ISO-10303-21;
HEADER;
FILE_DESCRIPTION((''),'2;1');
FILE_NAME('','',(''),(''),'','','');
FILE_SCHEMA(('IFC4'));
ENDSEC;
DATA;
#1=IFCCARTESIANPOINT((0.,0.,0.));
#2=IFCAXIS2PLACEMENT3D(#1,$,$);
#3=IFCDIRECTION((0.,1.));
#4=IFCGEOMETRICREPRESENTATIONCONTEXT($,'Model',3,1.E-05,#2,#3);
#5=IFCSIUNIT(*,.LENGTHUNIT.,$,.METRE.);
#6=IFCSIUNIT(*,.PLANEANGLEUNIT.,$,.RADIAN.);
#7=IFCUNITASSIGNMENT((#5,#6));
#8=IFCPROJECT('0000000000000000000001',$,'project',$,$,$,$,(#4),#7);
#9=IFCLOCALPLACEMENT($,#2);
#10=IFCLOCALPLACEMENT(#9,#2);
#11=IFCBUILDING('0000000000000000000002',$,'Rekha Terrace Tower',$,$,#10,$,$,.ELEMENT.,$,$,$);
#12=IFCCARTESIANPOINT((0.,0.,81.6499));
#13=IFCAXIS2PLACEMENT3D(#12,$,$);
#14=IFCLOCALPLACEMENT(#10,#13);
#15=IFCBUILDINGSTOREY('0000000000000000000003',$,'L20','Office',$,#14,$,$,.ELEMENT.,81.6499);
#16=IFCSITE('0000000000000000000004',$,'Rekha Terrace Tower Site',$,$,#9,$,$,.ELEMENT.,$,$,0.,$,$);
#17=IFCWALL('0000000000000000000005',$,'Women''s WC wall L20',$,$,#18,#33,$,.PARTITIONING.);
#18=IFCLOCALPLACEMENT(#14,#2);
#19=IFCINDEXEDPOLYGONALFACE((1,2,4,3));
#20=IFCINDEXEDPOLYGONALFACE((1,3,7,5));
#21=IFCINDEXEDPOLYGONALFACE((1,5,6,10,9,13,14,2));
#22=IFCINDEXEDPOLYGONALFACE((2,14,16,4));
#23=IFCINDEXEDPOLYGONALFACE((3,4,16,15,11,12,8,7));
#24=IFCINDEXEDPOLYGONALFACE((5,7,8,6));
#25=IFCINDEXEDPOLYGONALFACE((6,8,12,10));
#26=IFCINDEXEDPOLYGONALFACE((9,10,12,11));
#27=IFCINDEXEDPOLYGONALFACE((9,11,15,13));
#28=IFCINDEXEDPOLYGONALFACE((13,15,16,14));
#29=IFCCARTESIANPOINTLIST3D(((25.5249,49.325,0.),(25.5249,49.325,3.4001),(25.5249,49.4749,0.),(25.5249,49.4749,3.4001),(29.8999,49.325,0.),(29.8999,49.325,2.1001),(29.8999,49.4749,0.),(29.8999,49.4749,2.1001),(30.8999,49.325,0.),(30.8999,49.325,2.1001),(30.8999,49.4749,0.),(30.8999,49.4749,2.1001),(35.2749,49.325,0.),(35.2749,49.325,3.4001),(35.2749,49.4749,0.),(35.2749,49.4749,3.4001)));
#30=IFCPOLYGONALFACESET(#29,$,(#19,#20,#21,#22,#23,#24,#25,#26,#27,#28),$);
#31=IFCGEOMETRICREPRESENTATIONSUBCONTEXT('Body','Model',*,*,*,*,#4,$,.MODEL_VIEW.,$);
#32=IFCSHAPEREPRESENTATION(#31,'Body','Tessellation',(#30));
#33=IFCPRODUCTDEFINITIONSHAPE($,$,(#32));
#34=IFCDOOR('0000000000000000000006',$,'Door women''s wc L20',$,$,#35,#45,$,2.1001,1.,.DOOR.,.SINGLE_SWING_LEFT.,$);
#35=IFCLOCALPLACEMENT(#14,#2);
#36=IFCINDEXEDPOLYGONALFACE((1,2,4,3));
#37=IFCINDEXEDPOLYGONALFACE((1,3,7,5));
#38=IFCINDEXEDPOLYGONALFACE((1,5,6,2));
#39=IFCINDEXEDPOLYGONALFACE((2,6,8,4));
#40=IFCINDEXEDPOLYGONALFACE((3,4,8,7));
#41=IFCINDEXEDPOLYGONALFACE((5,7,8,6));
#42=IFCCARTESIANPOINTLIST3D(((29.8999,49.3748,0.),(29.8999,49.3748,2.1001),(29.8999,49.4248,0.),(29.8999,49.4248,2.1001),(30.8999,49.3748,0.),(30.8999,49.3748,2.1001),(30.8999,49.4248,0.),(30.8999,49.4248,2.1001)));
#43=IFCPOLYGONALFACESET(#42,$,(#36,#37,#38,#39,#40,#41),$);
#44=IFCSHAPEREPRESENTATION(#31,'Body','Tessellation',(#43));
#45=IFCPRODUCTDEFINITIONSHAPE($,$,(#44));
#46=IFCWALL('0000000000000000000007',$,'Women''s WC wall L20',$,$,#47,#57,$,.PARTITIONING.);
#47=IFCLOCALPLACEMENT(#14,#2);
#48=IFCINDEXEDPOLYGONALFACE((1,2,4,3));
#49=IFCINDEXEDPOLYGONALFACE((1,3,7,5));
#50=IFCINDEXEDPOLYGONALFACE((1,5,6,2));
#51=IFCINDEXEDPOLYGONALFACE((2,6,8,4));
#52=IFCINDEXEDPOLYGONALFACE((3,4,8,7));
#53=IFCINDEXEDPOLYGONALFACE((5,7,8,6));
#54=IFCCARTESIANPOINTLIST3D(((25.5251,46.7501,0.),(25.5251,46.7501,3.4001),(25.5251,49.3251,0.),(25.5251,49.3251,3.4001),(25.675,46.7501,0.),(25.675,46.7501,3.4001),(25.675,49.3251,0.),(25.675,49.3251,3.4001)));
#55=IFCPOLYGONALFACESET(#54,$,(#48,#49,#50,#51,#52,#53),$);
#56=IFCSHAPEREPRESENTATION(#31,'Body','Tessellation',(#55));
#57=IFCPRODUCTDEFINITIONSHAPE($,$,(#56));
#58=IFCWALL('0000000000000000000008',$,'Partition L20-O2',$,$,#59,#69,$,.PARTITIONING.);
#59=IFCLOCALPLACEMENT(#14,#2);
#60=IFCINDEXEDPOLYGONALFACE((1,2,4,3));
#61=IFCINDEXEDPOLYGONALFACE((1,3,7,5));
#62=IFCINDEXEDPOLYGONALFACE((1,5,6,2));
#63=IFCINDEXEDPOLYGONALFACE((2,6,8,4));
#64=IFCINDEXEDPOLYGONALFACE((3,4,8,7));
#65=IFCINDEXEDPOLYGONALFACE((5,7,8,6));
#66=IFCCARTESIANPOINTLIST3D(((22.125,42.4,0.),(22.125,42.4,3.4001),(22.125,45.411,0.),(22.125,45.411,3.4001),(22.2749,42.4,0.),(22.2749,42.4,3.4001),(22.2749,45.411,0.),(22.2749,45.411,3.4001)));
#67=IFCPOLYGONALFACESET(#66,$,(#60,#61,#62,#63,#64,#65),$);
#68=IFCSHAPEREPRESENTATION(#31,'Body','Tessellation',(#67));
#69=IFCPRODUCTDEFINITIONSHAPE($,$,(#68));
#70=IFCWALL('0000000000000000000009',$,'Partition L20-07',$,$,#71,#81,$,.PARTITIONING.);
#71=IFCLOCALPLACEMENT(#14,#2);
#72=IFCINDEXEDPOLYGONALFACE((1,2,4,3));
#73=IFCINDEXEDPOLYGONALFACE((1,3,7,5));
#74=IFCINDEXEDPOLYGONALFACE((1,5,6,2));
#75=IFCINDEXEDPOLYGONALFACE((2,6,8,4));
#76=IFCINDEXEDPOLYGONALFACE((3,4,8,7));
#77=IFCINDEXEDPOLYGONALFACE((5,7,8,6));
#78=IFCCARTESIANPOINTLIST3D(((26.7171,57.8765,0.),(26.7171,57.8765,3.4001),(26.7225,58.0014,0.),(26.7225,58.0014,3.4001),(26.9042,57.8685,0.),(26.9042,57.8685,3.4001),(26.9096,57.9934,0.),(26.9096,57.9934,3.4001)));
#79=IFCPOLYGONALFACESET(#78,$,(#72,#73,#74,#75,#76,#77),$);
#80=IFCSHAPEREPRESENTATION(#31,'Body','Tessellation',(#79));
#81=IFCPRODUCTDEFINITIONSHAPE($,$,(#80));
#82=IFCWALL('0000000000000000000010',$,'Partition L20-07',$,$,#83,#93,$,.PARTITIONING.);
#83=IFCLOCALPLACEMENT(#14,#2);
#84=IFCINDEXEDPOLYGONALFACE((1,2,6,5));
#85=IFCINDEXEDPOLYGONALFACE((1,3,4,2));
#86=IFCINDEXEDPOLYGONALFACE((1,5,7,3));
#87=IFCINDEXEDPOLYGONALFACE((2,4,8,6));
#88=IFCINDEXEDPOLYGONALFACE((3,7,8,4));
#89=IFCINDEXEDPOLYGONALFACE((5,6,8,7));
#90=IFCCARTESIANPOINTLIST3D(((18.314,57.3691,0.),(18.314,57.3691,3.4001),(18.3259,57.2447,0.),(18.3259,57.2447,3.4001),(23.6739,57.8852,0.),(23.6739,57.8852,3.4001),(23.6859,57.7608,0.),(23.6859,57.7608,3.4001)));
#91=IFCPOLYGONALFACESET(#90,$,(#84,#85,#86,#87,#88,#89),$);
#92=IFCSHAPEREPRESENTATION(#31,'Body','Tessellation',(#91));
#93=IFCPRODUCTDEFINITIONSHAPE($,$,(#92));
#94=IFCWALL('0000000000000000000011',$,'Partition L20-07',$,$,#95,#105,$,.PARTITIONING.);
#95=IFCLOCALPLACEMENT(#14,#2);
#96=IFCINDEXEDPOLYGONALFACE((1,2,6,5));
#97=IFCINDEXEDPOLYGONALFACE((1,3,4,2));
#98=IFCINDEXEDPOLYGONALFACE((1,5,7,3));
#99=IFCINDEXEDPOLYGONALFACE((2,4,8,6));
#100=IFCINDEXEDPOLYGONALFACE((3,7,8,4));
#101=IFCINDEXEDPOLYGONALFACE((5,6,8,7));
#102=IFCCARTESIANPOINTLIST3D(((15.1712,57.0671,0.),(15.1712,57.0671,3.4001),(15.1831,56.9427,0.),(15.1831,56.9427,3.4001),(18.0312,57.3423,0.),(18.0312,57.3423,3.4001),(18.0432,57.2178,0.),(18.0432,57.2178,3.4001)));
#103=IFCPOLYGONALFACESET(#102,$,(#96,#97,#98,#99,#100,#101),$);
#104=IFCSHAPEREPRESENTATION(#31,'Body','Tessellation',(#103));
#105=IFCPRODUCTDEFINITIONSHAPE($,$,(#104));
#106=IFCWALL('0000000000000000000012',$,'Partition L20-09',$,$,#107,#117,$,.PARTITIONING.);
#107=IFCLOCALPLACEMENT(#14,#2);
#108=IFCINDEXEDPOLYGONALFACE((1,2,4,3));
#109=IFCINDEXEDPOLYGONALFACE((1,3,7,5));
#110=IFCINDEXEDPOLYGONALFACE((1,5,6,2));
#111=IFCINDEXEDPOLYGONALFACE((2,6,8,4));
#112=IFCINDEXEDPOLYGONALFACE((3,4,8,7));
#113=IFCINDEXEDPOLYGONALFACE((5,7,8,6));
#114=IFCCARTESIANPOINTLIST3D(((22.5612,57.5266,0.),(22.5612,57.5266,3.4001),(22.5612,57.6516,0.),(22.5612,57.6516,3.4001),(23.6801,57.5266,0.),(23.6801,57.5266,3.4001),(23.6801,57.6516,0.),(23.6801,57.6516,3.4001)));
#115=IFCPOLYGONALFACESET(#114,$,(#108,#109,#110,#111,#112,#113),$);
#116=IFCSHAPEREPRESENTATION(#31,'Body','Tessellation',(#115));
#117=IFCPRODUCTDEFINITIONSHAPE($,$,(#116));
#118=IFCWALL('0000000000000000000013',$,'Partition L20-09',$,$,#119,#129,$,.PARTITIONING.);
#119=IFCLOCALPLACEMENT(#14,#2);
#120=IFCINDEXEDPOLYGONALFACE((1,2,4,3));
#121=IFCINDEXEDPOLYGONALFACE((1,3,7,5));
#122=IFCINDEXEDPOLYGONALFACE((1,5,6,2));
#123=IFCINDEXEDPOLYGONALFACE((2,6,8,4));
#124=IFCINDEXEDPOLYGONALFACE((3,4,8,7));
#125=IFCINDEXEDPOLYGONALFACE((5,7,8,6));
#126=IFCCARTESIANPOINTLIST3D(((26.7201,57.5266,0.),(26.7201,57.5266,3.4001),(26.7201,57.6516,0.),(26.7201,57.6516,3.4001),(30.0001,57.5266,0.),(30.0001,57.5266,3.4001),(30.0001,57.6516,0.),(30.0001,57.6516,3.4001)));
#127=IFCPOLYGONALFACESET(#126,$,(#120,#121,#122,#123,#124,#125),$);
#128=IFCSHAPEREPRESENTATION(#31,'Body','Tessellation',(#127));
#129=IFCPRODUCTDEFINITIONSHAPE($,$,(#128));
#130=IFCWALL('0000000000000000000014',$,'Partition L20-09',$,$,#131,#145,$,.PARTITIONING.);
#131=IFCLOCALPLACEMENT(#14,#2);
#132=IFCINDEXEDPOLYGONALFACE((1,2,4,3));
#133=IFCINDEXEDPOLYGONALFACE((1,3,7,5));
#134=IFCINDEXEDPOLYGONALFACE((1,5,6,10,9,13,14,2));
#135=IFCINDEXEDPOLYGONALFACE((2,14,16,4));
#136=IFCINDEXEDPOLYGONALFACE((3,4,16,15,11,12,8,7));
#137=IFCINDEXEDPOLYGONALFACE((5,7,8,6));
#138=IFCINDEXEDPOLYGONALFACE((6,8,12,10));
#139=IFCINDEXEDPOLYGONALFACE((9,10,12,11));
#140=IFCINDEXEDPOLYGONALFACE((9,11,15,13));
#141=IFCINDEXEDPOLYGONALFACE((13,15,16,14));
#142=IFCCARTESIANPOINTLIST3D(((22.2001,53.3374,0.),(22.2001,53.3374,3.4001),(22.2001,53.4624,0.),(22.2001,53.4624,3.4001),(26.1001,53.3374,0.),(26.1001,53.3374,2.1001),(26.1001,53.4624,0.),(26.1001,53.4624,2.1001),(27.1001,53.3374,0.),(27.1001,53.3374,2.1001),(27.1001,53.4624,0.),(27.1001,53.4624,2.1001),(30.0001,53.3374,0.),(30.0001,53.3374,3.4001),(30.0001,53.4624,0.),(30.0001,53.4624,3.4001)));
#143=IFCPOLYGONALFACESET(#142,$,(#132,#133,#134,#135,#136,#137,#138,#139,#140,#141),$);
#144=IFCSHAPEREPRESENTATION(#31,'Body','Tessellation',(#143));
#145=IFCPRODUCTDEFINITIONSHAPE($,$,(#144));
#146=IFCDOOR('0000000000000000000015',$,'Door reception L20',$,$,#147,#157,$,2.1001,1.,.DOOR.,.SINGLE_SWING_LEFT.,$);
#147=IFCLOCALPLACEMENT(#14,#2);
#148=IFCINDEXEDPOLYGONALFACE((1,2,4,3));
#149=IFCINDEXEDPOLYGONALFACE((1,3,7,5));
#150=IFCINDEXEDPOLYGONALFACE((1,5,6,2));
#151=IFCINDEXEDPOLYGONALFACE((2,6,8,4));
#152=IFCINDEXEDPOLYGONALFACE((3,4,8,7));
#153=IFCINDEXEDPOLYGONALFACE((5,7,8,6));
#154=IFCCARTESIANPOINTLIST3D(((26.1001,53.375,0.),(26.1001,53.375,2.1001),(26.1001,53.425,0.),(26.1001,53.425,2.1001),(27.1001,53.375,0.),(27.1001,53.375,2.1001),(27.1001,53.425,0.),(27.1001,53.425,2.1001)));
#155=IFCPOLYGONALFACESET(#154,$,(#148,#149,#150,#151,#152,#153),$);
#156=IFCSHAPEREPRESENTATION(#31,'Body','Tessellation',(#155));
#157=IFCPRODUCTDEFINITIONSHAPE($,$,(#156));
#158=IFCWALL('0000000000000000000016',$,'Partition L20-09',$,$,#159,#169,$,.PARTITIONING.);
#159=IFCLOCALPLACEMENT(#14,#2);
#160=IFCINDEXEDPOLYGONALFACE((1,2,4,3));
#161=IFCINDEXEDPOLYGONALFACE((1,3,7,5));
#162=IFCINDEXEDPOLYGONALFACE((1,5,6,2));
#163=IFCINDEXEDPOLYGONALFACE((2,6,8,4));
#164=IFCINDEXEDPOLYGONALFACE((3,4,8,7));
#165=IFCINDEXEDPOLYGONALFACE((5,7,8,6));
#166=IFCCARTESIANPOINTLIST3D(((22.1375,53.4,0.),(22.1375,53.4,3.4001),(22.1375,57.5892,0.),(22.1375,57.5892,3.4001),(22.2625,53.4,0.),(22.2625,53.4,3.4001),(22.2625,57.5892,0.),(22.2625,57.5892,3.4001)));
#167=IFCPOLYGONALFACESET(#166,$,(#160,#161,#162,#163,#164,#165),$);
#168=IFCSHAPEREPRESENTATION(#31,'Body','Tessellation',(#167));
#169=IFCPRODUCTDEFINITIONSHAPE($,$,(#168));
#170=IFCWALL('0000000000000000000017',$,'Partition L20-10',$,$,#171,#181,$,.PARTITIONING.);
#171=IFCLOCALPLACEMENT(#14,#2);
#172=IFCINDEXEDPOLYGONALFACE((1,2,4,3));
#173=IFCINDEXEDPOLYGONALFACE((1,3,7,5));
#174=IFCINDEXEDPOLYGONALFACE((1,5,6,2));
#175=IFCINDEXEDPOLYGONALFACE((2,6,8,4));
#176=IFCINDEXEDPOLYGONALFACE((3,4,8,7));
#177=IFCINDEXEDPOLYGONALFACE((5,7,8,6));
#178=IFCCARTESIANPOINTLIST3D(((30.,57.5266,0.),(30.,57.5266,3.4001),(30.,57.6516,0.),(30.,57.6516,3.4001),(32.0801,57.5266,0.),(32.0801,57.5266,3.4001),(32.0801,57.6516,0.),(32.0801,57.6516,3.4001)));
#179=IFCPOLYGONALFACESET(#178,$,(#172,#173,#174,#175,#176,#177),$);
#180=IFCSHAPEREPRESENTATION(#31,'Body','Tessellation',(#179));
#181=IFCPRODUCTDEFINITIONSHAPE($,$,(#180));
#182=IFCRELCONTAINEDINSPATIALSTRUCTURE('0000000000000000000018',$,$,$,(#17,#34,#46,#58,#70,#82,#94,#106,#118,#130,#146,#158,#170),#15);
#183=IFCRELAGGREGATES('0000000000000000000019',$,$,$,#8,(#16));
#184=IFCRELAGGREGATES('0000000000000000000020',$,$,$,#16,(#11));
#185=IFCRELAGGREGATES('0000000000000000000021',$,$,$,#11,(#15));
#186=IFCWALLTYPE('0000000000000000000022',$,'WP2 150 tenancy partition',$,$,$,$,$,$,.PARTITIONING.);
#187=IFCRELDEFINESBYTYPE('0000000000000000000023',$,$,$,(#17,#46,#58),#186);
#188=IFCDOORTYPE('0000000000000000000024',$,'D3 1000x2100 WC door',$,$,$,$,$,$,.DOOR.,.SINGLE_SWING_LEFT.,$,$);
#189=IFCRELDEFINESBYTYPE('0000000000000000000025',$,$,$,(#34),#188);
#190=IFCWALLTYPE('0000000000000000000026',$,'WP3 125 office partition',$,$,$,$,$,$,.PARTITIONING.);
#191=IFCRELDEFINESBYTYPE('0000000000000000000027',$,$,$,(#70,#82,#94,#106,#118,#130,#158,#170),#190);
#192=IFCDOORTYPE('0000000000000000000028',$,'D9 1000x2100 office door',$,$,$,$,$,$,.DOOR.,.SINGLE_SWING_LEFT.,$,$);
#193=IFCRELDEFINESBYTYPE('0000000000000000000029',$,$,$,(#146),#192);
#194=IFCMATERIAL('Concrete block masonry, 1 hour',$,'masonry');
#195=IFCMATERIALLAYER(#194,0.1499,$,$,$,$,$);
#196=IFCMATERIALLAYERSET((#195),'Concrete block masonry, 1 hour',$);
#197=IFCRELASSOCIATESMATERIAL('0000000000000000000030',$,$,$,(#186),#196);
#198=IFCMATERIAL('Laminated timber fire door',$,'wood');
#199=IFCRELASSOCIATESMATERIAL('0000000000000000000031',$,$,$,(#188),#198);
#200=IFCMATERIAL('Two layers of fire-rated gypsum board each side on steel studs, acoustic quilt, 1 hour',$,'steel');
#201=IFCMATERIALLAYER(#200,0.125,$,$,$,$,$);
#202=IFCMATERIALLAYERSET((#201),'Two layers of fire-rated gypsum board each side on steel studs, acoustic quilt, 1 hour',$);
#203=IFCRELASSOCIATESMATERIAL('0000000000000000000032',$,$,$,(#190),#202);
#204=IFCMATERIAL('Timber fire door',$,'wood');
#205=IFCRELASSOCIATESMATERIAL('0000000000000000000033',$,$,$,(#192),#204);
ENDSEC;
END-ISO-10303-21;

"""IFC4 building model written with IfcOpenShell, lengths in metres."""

from ifc_helpers import new_model, si_unit, direction, frame, frame_2d, origin, place, context, subcontext, project, spatial, rectangle, extrude, material, layer, layer_set, type_object, element, fill, save


model = new_model("IFC4")

# Units and contexts
model_context = context("Model", 3, precision=1e-05, world=origin(), true_north=direction((0.0, 1.0)))
body_context = subcontext(model_context, "Body", "Model", "MODEL_VIEW")
ifc_project = project(units=[si_unit("LENGTHUNIT", "METRE"), si_unit("PLANEANGLEUNIT", "RADIAN")], contexts=[model_context])

# Site, building, storey
site_placement = place(None, origin())
site = spatial("IfcSite", under=ifc_project, at=site_placement, Name="Rekha Terrace Tower Site", CompositionType="ELEMENT", RefElevation=0.0)
building_placement = place(site_placement, origin())
building = spatial("IfcBuilding", under=site, at=building_placement, Name="Rekha Terrace Tower", CompositionType="ELEMENT")
storey_placement = place(building_placement, frame((0.0, 0.0, 81.6499)))
storey = spatial("IfcBuildingStorey", under=building, at=storey_placement, Name="L20", Description="Office", CompositionType="ELEMENT", Elevation=81.6499)

# Wall, opening, door
ifc_material_1 = material(Name="Concrete block masonry, 1 hour", Category="masonry")
ifc_layer_1 = layer(ifc_material_1, 0.1499)
ifc_layer_set_1 = layer_set([ifc_layer_1], Name="Concrete block masonry, 1 hour")
wall_type_1 = type_object("IfcWallType", Name="WP2 150 tenancy partition", PredefinedType="PARTITIONING", material=ifc_layer_set_1)
wall_1_placement = place(storey_placement, frame((25.5249, 49.3999, 0.0), z_axis=(0.0, 0.0, 1.0), x_axis=(1.0, 0.0, 0.0)))
wall_1 = element("IfcWall", 1, at=wall_1_placement, inside=storey, type_object=wall_type_1, Name="Women's WC wall L20", PredefinedType="PARTITIONING", context=body_context, shape_type="SweptSolid", body=[
    extrude(rectangle(XDim=9.75, YDim=0.1499, at=frame_2d((4.875, 0.0))), origin(), (0.0, 0.0, 1.0), 3.4001),
])
opening_1_placement = place(wall_1_placement, frame((4.375, 0.0, 0.0)))
opening_1 = element("IfcOpeningElement", 2, at=opening_1_placement, cuts=wall_1, PredefinedType="OPENING", context=body_context, shape_type="SweptSolid", body=[
    extrude(rectangle(XDim=1.0, YDim=2.1001, at=frame_2d((0.5, 1.05))), frame((0.0, 0.085, 0.0), z_axis=(0.0, -1.0, 0.0), x_axis=(1.0, 0.0, 0.0)), (0.0, 0.0, 1.0), 0.1699),
])
ifc_material_2 = material(Name="Laminated timber fire door", Category="wood")
door_type_1 = type_object("IfcDoorType", Name="D3 1000x2100 WC door", OperationType="SINGLE_SWING_LEFT", PredefinedType="DOOR", material=ifc_material_2)
door_1_placement = place(opening_1_placement, origin())
door_1 = element("IfcDoor", 3, at=door_1_placement, inside=storey, type_object=door_type_1, Name="Door women's wc L20", OperationType="SINGLE_SWING_LEFT", OverallHeight=2.1001, OverallWidth=1.0, PredefinedType="DOOR", context=body_context, shape_type="SweptSolid", body=[
    extrude(rectangle(XDim=1.0, YDim=2.1001, at=frame_2d((0.5, 1.05))), frame((0.0, 0.0249, 0.0), z_axis=(0.0, -1.0, 0.0), x_axis=(1.0, 0.0, 0.0)), (0.0, 0.0, 1.0), 0.05),
])
fill(opening_1, door_1)

# Walls
wall_2_placement = place(storey_placement, frame((25.6001, 46.75, 0.0), z_axis=(0.0, 0.0, 1.0), x_axis=(0.0, 1.0, 0.0)))
element("IfcWall", 4, at=wall_2_placement, inside=storey, type_object=wall_type_1, Name="Women's WC wall L20", PredefinedType="PARTITIONING", context=body_context, shape_type="SweptSolid", body=[
    extrude(rectangle(XDim=2.575, YDim=0.1499, at=frame_2d((1.2876, 0.0))), origin(), (0.0, 0.0, 1.0), 3.4001),
])
wall_3_placement = place(storey_placement, frame((22.2, 45.4109, 0.0), z_axis=(0.0, 0.0, 1.0), x_axis=(0.0, -1.0, 0.0)))
element("IfcWall", 5, at=wall_3_placement, inside=storey, type_object=wall_type_1, Name="Partition L20-O2", PredefinedType="PARTITIONING", context=body_context, shape_type="SweptSolid", body=[
    extrude(rectangle(XDim=3.011, YDim=0.1499, at=frame_2d((1.5054, 0.0))), origin(), (0.0, 0.0, 1.0), 3.4001),
])
ifc_material_3 = material(Name="Two layers of fire-rated gypsum board each side on steel studs, acoustic quilt, 1 hour", Category="steel")
ifc_layer_2 = layer(ifc_material_3, 0.125)
ifc_layer_set_2 = layer_set([ifc_layer_2], Name="Two layers of fire-rated gypsum board each side on steel studs, acoustic quilt, 1 hour")
wall_type_2 = type_object("IfcWallType", Name="WP3 125 office partition", PredefinedType="PARTITIONING", material=ifc_layer_set_2)
wall_4_placement = place(storey_placement, frame((26.907, 57.9309, 0.0), z_axis=(0.0, 0.0, 1.0), x_axis=(-0.999073, 0.043041, 0.0)))
element("IfcWall", 6, at=wall_4_placement, inside=storey, type_object=wall_type_2, Name="Partition L20-07", PredefinedType="PARTITIONING", context=body_context, shape_type="SweptSolid", body=[
    extrude(rectangle(XDim=0.1873, YDim=0.125, at=frame_2d((0.0938, 0.0))), origin(), (0.0, 0.0, 1.0), 3.4001),
])
wall_5_placement = place(storey_placement, frame((23.6799, 57.823, 0.0), z_axis=(0.0, 0.0, 1.0), x_axis=(-0.995396, -0.095849, 0.0)))
element("IfcWall", 7, at=wall_5_placement, inside=storey, type_object=wall_type_2, Name="Partition L20-07", PredefinedType="PARTITIONING", context=body_context, shape_type="SweptSolid", body=[
    extrude(rectangle(XDim=5.3848, YDim=0.125, at=frame_2d((2.6924, 0.0))), origin(), (0.0, 0.0, 1.0), 3.4001),
])
wall_6_placement = place(storey_placement, frame((18.0371, 57.28, 0.0), z_axis=(0.0, 0.0, 1.0), x_axis=(-0.995405, -0.095759, 0.0)))
element("IfcWall", 8, at=wall_6_placement, inside=storey, type_object=wall_type_2, Name="Partition L20-07", PredefinedType="PARTITIONING", context=body_context, shape_type="SweptSolid", body=[
    extrude(rectangle(XDim=2.8733, YDim=0.125, at=frame_2d((1.4365, 0.0))), origin(), (0.0, 0.0, 1.0), 3.4001),
])
wall_7_placement = place(storey_placement, frame((22.561, 57.5891, 0.0), z_axis=(0.0, 0.0, 1.0), x_axis=(1.0, 0.0, 0.0)))
element("IfcWall", 9, at=wall_7_placement, inside=storey, type_object=wall_type_2, Name="Partition L20-09", PredefinedType="PARTITIONING", context=body_context, shape_type="SweptSolid", body=[
    extrude(rectangle(XDim=1.1189, YDim=0.125, at=frame_2d((0.5596, 0.0))), origin(), (0.0, 0.0, 1.0), 3.4001),
])
wall_8_placement = place(storey_placement, frame((26.72, 57.5891, 0.0), z_axis=(0.0, 0.0, 1.0), x_axis=(1.0, 0.0, 0.0)))
element("IfcWall", 10, at=wall_8_placement, inside=storey, type_object=wall_type_2, Name="Partition L20-09", PredefinedType="PARTITIONING", context=body_context, shape_type="SweptSolid", body=[
    extrude(rectangle(XDim=3.28, YDim=0.125, at=frame_2d((1.6401, 0.0))), origin(), (0.0, 0.0, 1.0), 3.4001),
])

# Wall, opening, door
wall_9_placement = place(storey_placement, frame((30.0, 53.3999, 0.0), z_axis=(0.0, 0.0, 1.0), x_axis=(-1.0, 0.0, 0.0)))
wall_9 = element("IfcWall", 11, at=wall_9_placement, inside=storey, type_object=wall_type_2, Name="Partition L20-09", PredefinedType="PARTITIONING", context=body_context, shape_type="SweptSolid", body=[
    extrude(rectangle(XDim=7.8, YDim=0.125, at=frame_2d((3.8999, 0.0))), origin(), (0.0, 0.0, 1.0), 3.4001),
])
opening_2_placement = place(wall_9_placement, frame((2.8999, 0.0, 0.0)))
opening_2 = element("IfcOpeningElement", 12, at=opening_2_placement, cuts=wall_9, PredefinedType="OPENING", context=body_context, shape_type="SweptSolid", body=[
    extrude(rectangle(XDim=1.0, YDim=2.1001, at=frame_2d((0.5, 1.05))), frame((0.0, 0.0725, 0.0), z_axis=(0.0, -1.0, 0.0), x_axis=(1.0, 0.0, 0.0)), (0.0, 0.0, 1.0), 0.145),
])
ifc_material_4 = material(Name="Timber fire door", Category="wood")
door_type_2 = type_object("IfcDoorType", Name="D9 1000x2100 office door", OperationType="SINGLE_SWING_LEFT", PredefinedType="DOOR", material=ifc_material_4)
door_2_placement = place(opening_2_placement, origin())
door_2 = element("IfcDoor", 13, at=door_2_placement, inside=storey, type_object=door_type_2, Name="Door reception L20", OperationType="SINGLE_SWING_LEFT", OverallHeight=2.1001, OverallWidth=1.0, PredefinedType="DOOR", context=body_context, shape_type="SweptSolid", body=[
    extrude(rectangle(XDim=1.0, YDim=2.1001, at=frame_2d((0.5, 1.05))), frame((0.0, 0.0249, 0.0), z_axis=(0.0, -1.0, 0.0), x_axis=(1.0, 0.0, 0.0)), (0.0, 0.0, 1.0), 0.05),
])
fill(opening_2, door_2)

# Walls
wall_10_placement = place(storey_placement, frame((22.2, 53.3999, 0.0), z_axis=(0.0, 0.0, 1.0), x_axis=(0.0, 1.0, 0.0)))
element("IfcWall", 14, at=wall_10_placement, inside=storey, type_object=wall_type_2, Name="Partition L20-09", PredefinedType="PARTITIONING", context=body_context, shape_type="SweptSolid", body=[
    extrude(rectangle(XDim=4.1892, YDim=0.125, at=frame_2d((2.0947, 0.0))), origin(), (0.0, 0.0, 1.0), 3.4001),
])
wall_11_placement = place(storey_placement, frame((30.0, 57.5891, 0.0), z_axis=(0.0, 0.0, 1.0), x_axis=(1.0, 0.0, 0.0)))
element("IfcWall", 15, at=wall_11_placement, inside=storey, type_object=wall_type_2, Name="Partition L20-10", PredefinedType="PARTITIONING", context=body_context, shape_type="SweptSolid", body=[
    extrude(rectangle(XDim=2.0801, YDim=0.125, at=frame_2d((1.04, 0.0))), origin(), (0.0, 0.0, 1.0), 3.4001),
])

save(model, "model.ifc")
